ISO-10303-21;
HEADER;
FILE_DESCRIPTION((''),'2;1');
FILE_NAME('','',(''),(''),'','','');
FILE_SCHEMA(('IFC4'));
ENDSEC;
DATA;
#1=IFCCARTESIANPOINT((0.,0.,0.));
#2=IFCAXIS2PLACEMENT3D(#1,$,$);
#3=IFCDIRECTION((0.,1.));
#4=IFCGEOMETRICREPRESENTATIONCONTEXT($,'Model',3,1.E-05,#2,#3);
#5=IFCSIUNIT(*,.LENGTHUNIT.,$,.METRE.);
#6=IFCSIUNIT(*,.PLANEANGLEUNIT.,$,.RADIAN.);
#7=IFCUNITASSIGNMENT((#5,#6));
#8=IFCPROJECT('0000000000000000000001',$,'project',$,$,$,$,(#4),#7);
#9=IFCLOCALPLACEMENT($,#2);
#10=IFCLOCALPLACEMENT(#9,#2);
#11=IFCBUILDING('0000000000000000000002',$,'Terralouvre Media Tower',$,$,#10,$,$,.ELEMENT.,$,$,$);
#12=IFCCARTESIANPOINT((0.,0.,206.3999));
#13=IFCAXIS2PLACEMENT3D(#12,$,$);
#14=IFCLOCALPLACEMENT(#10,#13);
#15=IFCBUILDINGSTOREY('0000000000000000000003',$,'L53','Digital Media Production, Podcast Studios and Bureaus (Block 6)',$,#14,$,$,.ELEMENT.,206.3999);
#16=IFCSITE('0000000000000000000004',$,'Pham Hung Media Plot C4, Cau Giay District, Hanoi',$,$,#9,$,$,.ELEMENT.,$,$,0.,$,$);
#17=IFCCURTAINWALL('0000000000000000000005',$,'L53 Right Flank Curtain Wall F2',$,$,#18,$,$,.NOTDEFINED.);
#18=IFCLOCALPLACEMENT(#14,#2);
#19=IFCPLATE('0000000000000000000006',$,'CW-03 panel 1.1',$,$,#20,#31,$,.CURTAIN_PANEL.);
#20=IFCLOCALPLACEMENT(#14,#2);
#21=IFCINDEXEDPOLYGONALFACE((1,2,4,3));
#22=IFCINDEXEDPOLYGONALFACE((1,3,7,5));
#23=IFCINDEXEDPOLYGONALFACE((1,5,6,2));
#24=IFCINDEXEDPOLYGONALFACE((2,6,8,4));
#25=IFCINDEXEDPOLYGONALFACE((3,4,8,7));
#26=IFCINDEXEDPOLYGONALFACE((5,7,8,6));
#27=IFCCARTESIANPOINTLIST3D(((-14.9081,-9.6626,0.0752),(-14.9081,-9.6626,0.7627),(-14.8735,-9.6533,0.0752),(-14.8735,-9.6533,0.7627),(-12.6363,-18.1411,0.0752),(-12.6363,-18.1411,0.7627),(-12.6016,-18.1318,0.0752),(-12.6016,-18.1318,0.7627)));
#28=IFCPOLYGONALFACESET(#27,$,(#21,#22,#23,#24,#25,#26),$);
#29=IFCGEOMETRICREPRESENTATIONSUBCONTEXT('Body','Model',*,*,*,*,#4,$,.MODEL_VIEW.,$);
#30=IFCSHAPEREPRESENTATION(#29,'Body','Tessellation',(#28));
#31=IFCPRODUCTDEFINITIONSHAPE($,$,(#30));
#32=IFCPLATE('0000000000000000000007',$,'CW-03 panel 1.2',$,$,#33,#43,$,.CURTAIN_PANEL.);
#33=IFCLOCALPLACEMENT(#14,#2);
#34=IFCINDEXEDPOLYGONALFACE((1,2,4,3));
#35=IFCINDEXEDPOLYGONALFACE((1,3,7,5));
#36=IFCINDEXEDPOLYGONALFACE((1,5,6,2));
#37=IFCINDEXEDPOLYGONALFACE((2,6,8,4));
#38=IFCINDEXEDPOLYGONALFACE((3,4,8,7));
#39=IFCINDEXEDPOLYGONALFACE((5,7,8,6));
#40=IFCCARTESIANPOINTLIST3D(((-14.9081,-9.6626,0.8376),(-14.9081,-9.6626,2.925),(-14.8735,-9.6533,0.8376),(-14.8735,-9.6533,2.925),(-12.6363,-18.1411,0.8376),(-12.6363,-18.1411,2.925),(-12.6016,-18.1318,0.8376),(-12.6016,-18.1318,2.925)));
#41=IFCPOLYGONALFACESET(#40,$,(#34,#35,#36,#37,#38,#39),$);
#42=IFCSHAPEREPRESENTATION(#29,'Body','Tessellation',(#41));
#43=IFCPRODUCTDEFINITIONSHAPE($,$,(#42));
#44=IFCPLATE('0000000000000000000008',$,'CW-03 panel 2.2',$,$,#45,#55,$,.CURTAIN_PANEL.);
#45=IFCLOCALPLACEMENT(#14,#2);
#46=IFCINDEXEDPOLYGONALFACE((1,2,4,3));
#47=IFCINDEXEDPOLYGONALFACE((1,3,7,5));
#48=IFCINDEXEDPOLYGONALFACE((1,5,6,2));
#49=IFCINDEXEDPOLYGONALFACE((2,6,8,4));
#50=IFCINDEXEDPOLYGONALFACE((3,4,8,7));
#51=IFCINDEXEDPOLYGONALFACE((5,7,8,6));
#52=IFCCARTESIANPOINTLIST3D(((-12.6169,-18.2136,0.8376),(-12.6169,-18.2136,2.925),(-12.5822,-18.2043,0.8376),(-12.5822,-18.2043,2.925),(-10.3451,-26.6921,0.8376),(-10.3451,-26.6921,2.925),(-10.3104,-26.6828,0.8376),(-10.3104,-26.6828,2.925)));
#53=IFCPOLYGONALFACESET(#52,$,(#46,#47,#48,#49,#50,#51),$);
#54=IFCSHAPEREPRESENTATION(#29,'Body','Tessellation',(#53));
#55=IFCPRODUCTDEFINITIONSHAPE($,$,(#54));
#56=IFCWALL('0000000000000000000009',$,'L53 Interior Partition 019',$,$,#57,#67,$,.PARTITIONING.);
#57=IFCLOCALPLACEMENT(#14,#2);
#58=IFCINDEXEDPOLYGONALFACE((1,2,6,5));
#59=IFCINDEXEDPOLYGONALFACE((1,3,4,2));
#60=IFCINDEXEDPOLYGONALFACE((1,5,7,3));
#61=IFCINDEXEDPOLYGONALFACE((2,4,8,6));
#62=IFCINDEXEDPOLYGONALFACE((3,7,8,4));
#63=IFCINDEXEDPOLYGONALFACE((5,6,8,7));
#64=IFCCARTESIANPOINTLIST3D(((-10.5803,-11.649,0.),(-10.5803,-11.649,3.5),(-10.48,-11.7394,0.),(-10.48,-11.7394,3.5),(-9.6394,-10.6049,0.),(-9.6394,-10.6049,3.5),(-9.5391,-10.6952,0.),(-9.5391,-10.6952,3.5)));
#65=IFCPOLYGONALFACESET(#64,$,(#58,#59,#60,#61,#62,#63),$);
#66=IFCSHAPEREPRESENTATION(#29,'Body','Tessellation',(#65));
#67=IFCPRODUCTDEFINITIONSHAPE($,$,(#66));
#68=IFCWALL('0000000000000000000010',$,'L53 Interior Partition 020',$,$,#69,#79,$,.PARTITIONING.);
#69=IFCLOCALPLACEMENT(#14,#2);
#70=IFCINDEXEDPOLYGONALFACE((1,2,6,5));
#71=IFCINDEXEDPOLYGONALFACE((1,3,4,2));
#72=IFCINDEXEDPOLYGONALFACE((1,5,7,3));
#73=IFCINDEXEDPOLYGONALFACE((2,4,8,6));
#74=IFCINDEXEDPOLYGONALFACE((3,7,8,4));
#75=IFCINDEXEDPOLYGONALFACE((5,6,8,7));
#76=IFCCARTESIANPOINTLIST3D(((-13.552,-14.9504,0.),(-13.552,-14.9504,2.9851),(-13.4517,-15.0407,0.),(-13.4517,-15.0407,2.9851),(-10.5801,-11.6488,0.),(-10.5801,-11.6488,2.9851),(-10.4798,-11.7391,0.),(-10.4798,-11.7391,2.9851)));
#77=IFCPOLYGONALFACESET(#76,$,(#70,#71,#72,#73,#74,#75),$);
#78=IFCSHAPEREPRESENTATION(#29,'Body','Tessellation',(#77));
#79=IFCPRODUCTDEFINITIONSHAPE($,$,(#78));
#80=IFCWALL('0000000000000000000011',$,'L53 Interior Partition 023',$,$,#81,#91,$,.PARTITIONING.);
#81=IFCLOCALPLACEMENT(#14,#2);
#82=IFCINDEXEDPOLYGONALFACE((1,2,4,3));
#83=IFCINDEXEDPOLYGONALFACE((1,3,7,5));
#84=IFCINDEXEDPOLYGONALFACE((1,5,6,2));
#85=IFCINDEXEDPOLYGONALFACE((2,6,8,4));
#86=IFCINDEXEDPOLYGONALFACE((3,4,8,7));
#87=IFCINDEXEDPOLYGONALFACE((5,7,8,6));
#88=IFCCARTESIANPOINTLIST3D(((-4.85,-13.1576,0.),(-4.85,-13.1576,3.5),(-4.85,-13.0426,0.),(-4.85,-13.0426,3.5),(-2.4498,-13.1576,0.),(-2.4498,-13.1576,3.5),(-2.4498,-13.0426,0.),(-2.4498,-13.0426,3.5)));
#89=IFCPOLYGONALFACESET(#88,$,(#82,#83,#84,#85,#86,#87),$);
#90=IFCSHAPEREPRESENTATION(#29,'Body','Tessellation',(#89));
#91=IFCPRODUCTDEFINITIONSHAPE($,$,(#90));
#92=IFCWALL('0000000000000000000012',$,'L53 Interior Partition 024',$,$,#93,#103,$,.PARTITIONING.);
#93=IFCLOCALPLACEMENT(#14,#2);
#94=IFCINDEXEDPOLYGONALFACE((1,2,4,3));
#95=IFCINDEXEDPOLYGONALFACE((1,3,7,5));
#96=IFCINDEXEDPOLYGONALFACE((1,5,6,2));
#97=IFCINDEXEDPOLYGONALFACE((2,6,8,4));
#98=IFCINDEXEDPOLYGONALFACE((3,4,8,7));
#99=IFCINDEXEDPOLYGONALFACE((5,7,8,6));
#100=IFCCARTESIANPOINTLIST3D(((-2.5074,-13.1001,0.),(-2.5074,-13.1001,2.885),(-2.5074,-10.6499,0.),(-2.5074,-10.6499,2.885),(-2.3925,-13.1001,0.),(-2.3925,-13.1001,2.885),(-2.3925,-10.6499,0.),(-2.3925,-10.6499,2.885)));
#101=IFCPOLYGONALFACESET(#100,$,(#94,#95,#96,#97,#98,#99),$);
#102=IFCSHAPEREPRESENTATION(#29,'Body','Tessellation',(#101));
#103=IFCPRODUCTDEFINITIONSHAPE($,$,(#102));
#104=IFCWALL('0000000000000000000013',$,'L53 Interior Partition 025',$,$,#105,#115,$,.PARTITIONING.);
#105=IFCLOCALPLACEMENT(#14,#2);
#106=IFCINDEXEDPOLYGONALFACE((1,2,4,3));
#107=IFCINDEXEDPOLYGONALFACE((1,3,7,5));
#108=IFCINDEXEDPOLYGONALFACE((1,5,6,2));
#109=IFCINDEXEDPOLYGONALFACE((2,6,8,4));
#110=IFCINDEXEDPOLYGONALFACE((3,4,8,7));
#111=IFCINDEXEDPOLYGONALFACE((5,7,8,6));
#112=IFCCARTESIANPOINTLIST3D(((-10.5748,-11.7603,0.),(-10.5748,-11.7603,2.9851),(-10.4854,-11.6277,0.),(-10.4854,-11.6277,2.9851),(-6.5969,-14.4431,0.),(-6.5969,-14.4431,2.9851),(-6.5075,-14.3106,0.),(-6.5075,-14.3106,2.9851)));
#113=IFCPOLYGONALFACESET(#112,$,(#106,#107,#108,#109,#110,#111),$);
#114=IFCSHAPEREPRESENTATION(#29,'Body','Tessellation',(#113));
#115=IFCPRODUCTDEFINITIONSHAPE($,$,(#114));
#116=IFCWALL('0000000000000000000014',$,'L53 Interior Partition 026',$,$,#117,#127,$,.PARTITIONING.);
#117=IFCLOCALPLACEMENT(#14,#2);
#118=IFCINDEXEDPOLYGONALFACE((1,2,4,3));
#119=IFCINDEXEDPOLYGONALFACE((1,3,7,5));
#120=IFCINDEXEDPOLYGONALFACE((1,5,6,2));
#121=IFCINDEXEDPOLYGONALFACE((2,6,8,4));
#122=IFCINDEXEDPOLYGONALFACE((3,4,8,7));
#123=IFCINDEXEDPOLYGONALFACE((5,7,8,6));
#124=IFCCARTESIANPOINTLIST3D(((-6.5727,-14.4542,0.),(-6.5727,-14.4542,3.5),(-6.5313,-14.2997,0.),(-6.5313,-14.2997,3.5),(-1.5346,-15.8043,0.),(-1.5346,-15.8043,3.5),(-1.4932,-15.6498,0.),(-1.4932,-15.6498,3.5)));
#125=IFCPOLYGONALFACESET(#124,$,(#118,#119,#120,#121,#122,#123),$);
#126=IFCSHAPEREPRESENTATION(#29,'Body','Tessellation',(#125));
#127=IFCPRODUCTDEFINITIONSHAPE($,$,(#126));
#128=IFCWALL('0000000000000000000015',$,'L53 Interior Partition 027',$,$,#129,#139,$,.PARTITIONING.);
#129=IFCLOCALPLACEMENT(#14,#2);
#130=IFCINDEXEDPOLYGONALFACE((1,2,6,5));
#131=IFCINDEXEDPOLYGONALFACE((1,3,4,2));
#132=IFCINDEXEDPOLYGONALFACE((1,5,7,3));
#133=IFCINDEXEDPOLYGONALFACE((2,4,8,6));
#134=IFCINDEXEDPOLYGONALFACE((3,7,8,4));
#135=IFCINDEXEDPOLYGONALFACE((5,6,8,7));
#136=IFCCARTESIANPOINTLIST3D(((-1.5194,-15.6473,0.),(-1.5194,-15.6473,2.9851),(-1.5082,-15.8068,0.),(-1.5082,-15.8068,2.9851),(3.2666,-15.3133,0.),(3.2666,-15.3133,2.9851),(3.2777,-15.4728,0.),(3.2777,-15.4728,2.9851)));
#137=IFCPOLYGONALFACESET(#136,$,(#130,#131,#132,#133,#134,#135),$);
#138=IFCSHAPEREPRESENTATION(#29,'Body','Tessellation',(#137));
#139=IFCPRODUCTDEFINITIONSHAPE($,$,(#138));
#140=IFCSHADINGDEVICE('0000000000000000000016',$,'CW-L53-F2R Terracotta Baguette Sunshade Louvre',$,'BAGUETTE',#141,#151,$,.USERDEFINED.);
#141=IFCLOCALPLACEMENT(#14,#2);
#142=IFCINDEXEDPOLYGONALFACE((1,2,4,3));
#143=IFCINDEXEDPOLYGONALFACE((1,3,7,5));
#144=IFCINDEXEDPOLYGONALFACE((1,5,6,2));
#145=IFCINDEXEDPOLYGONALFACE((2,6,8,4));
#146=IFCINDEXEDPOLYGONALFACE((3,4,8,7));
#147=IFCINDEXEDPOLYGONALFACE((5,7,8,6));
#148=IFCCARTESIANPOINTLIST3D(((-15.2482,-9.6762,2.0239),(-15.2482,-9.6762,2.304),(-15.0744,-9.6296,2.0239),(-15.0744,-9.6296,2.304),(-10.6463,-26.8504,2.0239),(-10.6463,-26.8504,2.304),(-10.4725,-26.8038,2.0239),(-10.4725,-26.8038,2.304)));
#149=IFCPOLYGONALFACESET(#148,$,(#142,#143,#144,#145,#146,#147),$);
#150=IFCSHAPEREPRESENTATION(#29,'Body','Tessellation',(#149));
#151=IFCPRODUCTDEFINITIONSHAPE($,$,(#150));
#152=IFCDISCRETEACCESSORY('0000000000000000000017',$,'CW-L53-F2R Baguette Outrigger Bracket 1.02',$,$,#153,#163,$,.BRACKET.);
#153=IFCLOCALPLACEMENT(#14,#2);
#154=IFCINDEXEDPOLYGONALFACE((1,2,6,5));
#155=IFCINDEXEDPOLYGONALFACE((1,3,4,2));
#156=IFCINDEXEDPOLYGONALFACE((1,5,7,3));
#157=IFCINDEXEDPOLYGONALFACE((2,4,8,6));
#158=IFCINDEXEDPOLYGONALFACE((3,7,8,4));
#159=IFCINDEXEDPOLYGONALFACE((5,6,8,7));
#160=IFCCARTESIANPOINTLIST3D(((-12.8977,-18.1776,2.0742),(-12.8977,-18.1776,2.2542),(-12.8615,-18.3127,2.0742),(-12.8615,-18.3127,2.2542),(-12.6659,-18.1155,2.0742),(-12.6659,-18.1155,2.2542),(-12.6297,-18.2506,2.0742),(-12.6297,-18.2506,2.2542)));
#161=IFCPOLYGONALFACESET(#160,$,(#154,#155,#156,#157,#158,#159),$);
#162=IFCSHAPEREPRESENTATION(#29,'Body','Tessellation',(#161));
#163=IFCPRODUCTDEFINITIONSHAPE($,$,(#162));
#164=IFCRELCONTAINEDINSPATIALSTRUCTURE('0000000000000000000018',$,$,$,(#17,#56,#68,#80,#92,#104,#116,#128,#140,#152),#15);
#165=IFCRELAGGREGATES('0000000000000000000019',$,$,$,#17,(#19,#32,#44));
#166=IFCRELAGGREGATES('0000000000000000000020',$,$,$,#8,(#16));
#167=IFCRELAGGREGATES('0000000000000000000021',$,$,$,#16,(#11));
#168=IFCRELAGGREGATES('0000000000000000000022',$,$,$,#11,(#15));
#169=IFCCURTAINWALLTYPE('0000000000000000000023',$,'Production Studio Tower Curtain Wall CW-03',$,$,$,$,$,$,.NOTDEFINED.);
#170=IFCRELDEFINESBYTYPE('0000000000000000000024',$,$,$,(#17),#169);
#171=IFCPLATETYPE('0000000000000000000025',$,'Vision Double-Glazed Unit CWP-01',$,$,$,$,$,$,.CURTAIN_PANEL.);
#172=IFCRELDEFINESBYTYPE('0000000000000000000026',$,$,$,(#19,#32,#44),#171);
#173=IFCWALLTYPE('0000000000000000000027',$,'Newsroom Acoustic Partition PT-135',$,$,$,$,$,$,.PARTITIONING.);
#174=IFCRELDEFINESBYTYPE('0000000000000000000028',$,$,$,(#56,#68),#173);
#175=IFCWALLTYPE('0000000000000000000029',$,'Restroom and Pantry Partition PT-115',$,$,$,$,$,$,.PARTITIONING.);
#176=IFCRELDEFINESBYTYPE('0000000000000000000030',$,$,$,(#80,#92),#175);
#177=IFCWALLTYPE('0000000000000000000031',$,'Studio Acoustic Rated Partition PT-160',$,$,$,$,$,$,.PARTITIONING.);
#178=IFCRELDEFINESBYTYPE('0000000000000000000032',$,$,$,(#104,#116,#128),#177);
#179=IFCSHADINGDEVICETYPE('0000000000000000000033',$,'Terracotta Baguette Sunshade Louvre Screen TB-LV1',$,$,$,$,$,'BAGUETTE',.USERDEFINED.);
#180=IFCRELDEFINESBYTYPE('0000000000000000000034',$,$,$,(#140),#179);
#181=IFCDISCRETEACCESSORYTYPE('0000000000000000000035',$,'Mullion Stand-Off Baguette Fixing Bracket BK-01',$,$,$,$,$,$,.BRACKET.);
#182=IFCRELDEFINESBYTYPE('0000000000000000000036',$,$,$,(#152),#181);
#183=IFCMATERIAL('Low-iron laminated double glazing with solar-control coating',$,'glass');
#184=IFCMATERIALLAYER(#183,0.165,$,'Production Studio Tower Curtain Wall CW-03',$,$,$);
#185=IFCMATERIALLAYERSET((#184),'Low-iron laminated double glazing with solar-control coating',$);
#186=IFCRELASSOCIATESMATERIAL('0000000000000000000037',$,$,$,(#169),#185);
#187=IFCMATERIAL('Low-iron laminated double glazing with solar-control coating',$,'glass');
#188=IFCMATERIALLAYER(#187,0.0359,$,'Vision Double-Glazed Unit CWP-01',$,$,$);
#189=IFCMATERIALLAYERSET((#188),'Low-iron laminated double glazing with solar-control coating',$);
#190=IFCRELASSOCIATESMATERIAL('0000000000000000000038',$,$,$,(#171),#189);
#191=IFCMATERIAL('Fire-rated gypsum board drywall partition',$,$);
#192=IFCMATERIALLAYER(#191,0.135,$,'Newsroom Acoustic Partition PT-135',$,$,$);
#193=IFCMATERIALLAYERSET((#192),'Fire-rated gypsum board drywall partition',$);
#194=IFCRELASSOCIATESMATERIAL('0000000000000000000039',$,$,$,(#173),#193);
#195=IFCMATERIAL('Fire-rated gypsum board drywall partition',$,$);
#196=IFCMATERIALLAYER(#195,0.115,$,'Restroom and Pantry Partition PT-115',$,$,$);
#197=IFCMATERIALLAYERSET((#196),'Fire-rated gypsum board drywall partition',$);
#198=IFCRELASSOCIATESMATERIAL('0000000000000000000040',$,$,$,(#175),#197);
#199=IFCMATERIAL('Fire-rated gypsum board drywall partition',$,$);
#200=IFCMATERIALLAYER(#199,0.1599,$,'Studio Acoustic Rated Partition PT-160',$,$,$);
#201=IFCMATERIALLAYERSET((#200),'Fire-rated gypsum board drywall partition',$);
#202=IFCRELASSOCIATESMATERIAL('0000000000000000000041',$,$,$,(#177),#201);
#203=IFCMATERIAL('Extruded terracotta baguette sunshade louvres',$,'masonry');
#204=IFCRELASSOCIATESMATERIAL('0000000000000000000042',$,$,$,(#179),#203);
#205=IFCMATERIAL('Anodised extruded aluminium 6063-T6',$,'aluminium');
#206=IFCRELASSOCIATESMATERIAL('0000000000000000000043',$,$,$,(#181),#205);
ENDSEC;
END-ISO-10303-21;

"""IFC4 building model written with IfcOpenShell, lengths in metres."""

from ifc_helpers import new_model, si_unit, direction, frame, frame_2d, origin, origin_2d, place, context, subcontext, project, spatial, rectangle, extrude, material, layer, layer_set, type_object, element, aggregate, save


model = new_model("IFC4")

# Units and contexts
model_context = context("Model", 3, precision=1e-05, world=origin(), true_north=direction((0.0, 1.0)))
body_context = subcontext(model_context, "Body", "Model", "MODEL_VIEW")
ifc_project = project(units=[si_unit("LENGTHUNIT", "METRE"), si_unit("PLANEANGLEUNIT", "RADIAN")], contexts=[model_context])

# Site, building, storey
site_placement = place(None, origin())
site = spatial("IfcSite", under=ifc_project, at=site_placement, Name="Pham Hung Media Plot C4, Cau Giay District, Hanoi", CompositionType="ELEMENT", RefElevation=0.0)
building_placement = place(site_placement, origin())
building = spatial("IfcBuilding", under=site, at=building_placement, Name="Terralouvre Media Tower", CompositionType="ELEMENT")
storey_placement = place(building_placement, frame((0.0, 0.0, 206.3999)))
storey = spatial("IfcBuildingStorey", under=building, at=storey_placement, Name="L53", Description="Digital Media Production, Podcast Studios and Bureaus (Block 6)", CompositionType="ELEMENT", Elevation=206.3999)

# Curtain wall
ifc_material_1 = material(Name="Low-iron laminated double glazing with solar-control coating", Category="glass")
ifc_layer_1 = layer(ifc_material_1, 0.165, Name="Production Studio Tower Curtain Wall CW-03")
ifc_layer_set_1 = layer_set([ifc_layer_1], Name="Low-iron laminated double glazing with solar-control coating")
curtain_wall_type = type_object("IfcCurtainWallType", Name="Production Studio Tower Curtain Wall CW-03", PredefinedType="NOTDEFINED", material=ifc_layer_set_1)
curtain_wall_placement = place(storey_placement, origin())
curtain_wall = element("IfcCurtainWall", 1, at=curtain_wall_placement, inside=storey, type_object=curtain_wall_type, Name="L53 Right Flank Curtain Wall F2", PredefinedType="NOTDEFINED")

# Plates
ifc_material_2 = material(Name="Low-iron laminated double glazing with solar-control coating", Category="glass")
ifc_layer_2 = layer(ifc_material_2, 0.0359, Name="Vision Double-Glazed Unit CWP-01")
ifc_layer_set_2 = layer_set([ifc_layer_2], Name="Low-iron laminated double glazing with solar-control coating")
plate_type = type_object("IfcPlateType", Name="Vision Double-Glazed Unit CWP-01", PredefinedType="CURTAIN_PANEL", material=ifc_layer_set_2)
plate_1_placement = place(storey_placement, frame((-13.7549, -13.8972, 0.0752), z_axis=(0.0, 0.0, 1.0), x_axis=(0.258819, -0.965926, 0.0)))
plate_1 = element("IfcPlate", 2, at=plate_1_placement, type_object=plate_type, Name="CW-03 panel 1.1", PredefinedType="CURTAIN_PANEL", context=body_context, shape_type="SweptSolid", body=[
    extrude(rectangle(XDim=8.7776, YDim=0.0359, at=origin_2d()), origin(), (0.0, 0.0, 1.0), 0.6875),
])
plate_2_placement = place(storey_placement, frame((-13.7549, -13.8972, 0.8376), z_axis=(0.0, 0.0, 1.0), x_axis=(0.258819, -0.965926, 0.0)))
plate_2 = element("IfcPlate", 3, at=plate_2_placement, type_object=plate_type, Name="CW-03 panel 1.2", PredefinedType="CURTAIN_PANEL", context=body_context, shape_type="SweptSolid", body=[
    extrude(rectangle(XDim=8.7776, YDim=0.0359, at=origin_2d()), origin(), (0.0, 0.0, 1.0), 2.0874),
])
plate_3_placement = place(storey_placement, frame((-11.4636, -22.4482, 0.8376), z_axis=(0.0, 0.0, 1.0), x_axis=(0.258819, -0.965926, 0.0)))
plate_3 = element("IfcPlate", 4, at=plate_3_placement, type_object=plate_type, Name="CW-03 panel 2.2", PredefinedType="CURTAIN_PANEL", context=body_context, shape_type="SweptSolid", body=[
    extrude(rectangle(XDim=8.7776, YDim=0.0359, at=origin_2d()), origin(), (0.0, 0.0, 1.0), 2.0874),
])
aggregate(curtain_wall, [plate_1, plate_2, plate_3])

# Walls
ifc_material_3 = material(Name="Fire-rated gypsum board drywall partition")
ifc_layer_3 = layer(ifc_material_3, 0.135, Name="Newsroom Acoustic Partition PT-135")
ifc_layer_set_3 = layer_set([ifc_layer_3], Name="Fire-rated gypsum board drywall partition")
wall_type_1 = type_object("IfcWallType", Name="Newsroom Acoustic Partition PT-135", PredefinedType="PARTITIONING", material=ifc_layer_set_3)
wall_1_placement = place(storey_placement, frame((-10.53, -11.6941, 0.0), z_axis=(0.0, 0.0, 1.0), x_axis=(0.669416, 0.742888, 0.0)))
element("IfcWall", 5, at=wall_1_placement, inside=storey, type_object=wall_type_1, Name="L53 Interior Partition 019", PredefinedType="PARTITIONING", context=body_context, shape_type="SweptSolid", body=[
    extrude(rectangle(XDim=1.4055, YDim=0.135, at=frame_2d((0.7026, 0.0))), origin(), (0.0, 0.0, 1.0), 3.5),
])
wall_2_placement = place(storey_placement, frame((-13.502, -14.9956, 0.0), z_axis=(0.0, 0.0, 1.0), x_axis=(0.669035, 0.743231, 0.0)))
element("IfcWall", 6, at=wall_2_placement, inside=storey, type_object=wall_type_1, Name="L53 Interior Partition 020", PredefinedType="PARTITIONING", context=body_context, shape_type="SweptSolid", body=[
    extrude(rectangle(XDim=4.4421, YDim=0.135, at=frame_2d((2.2212, 0.0))), origin(), (0.0, 0.0, 1.0), 2.9851),
])
ifc_material_4 = material(Name="Fire-rated gypsum board drywall partition")
ifc_layer_4 = layer(ifc_material_4, 0.115, Name="Restroom and Pantry Partition PT-115")
ifc_layer_set_4 = layer_set([ifc_layer_4], Name="Fire-rated gypsum board drywall partition")
wall_type_2 = type_object("IfcWallType", Name="Restroom and Pantry Partition PT-115", PredefinedType="PARTITIONING", material=ifc_layer_set_4)
wall_3_placement = place(storey_placement, frame((-4.8501, -13.1001, 0.0), z_axis=(0.0, 0.0, 1.0), x_axis=(1.0, 0.0, 0.0)))
element("IfcWall", 7, at=wall_3_placement, inside=storey, type_object=wall_type_2, Name="L53 Interior Partition 023", PredefinedType="PARTITIONING", context=body_context, shape_type="SweptSolid", body=[
    extrude(rectangle(XDim=2.4001, YDim=0.115, at=frame_2d((1.2002, 0.0))), origin(), (0.0, 0.0, 1.0), 3.5),
])
wall_4_placement = place(storey_placement, frame((-2.45, -13.1001, 0.0), z_axis=(0.0, 0.0, 1.0), x_axis=(0.0, 1.0, 0.0)))
element("IfcWall", 8, at=wall_4_placement, inside=storey, type_object=wall_type_2, Name="L53 Interior Partition 024", PredefinedType="PARTITIONING", context=body_context, shape_type="SweptSolid", body=[
    extrude(rectangle(XDim=2.4502, YDim=0.115, at=frame_2d((1.2251, 0.0))), origin(), (0.0, 0.0, 1.0), 2.885),
])
ifc_material_5 = material(Name="Fire-rated gypsum board drywall partition")
ifc_layer_5 = layer(ifc_material_5, 0.1599, Name="Studio Acoustic Rated Partition PT-160")
ifc_layer_set_5 = layer_set([ifc_layer_5], Name="Fire-rated gypsum board drywall partition")
wall_type_3 = type_object("IfcWallType", Name="Studio Acoustic Rated Partition PT-160", PredefinedType="PARTITIONING", material=ifc_layer_set_5)
wall_5_placement = place(storey_placement, frame((-10.53, -11.6941, 0.0), z_axis=(0.0, 0.0, 1.0), x_axis=(0.829072, -0.559142, 0.0)))
element("IfcWall", 9, at=wall_5_placement, inside=storey, type_object=wall_type_3, Name="L53 Interior Partition 025", PredefinedType="PARTITIONING", context=body_context, shape_type="SweptSolid", body=[
    extrude(rectangle(XDim=4.7981, YDim=0.1599, at=frame_2d((2.3989, 0.0))), origin(), (0.0, 0.0, 1.0), 2.9851),
])
wall_6_placement = place(storey_placement, frame((-6.552, -14.377, 0.0), z_axis=(0.0, 0.0, 1.0), x_axis=(0.965919, -0.258845, 0.0)))
element("IfcWall", 10, at=wall_6_placement, inside=storey, type_object=wall_type_3, Name="L53 Interior Partition 026", PredefinedType="PARTITIONING", context=body_context, shape_type="SweptSolid", body=[
    extrude(rectangle(XDim=5.2158, YDim=0.1599, at=frame_2d((2.6079, 0.0))), origin(), (0.0, 0.0, 1.0), 3.5),
])
wall_7_placement = place(storey_placement, frame((-1.5139, -15.7271, 0.0), z_axis=(0.0, 0.0, 1.0), x_axis=(0.997574, 0.069616, 0.0)))
element("IfcWall", 11, at=wall_7_placement, inside=storey, type_object=wall_type_3, Name="L53 Interior Partition 027", PredefinedType="PARTITIONING", context=body_context, shape_type="SweptSolid", body=[
    extrude(rectangle(XDim=4.7976, YDim=0.1599, at=frame_2d((2.3989, 0.0))), origin(), (0.0, 0.0, 1.0), 2.9851),
])

# Shading device
ifc_material_6 = material(Name="Extruded terracotta baguette sunshade louvres", Category="masonry")
shading_device_type = type_object("IfcShadingDeviceType", Name="Terracotta Baguette Sunshade Louvre Screen TB-LV1", ElementType="BAGUETTE", PredefinedType="USERDEFINED", material=ifc_material_6)
shading_device_placement = place(storey_placement, frame((-12.8604, -18.24, 2.0239), z_axis=(0.0, 0.0, 1.0), x_axis=(0.258819, -0.965926, 0.0)))
element("IfcShadingDevice", 12, at=shading_device_placement, inside=storey, type_object=shading_device_type, Name="CW-L53-F2R Terracotta Baguette Sunshade Louvre", ObjectType="BAGUETTE", PredefinedType="USERDEFINED", context=body_context, shape_type="SweptSolid", body=[
    extrude(rectangle(XDim=17.78, YDim=0.1799, at=origin_2d()), origin(), (0.0, 0.0, 1.0), 0.28),
])

# Discrete accessory
ifc_material_7 = material(Name="Anodised extruded aluminium 6063-T6", Category="aluminium")
discrete_accessory_type = type_object("IfcDiscreteAccessoryType", Name="Mullion Stand-Off Baguette Fixing Bracket BK-01", PredefinedType="BRACKET", material=ifc_material_7)
discrete_accessory_placement = place(storey_placement, frame((-12.7637, -18.2141, 2.0742), z_axis=(0.0, 0.0, 1.0), x_axis=(0.258819, -0.965926, 0.0)))
element("IfcDiscreteAccessory", 13, at=discrete_accessory_placement, inside=storey, type_object=discrete_accessory_type, Name="CW-L53-F2R Baguette Outrigger Bracket 1.02", PredefinedType="BRACKET", context=body_context, shape_type="SweptSolid", body=[
    extrude(rectangle(XDim=0.1399, YDim=0.24, at=origin_2d()), origin(), (0.0, 0.0, 1.0), 0.1799),
])

save(model, "model.ifc")
